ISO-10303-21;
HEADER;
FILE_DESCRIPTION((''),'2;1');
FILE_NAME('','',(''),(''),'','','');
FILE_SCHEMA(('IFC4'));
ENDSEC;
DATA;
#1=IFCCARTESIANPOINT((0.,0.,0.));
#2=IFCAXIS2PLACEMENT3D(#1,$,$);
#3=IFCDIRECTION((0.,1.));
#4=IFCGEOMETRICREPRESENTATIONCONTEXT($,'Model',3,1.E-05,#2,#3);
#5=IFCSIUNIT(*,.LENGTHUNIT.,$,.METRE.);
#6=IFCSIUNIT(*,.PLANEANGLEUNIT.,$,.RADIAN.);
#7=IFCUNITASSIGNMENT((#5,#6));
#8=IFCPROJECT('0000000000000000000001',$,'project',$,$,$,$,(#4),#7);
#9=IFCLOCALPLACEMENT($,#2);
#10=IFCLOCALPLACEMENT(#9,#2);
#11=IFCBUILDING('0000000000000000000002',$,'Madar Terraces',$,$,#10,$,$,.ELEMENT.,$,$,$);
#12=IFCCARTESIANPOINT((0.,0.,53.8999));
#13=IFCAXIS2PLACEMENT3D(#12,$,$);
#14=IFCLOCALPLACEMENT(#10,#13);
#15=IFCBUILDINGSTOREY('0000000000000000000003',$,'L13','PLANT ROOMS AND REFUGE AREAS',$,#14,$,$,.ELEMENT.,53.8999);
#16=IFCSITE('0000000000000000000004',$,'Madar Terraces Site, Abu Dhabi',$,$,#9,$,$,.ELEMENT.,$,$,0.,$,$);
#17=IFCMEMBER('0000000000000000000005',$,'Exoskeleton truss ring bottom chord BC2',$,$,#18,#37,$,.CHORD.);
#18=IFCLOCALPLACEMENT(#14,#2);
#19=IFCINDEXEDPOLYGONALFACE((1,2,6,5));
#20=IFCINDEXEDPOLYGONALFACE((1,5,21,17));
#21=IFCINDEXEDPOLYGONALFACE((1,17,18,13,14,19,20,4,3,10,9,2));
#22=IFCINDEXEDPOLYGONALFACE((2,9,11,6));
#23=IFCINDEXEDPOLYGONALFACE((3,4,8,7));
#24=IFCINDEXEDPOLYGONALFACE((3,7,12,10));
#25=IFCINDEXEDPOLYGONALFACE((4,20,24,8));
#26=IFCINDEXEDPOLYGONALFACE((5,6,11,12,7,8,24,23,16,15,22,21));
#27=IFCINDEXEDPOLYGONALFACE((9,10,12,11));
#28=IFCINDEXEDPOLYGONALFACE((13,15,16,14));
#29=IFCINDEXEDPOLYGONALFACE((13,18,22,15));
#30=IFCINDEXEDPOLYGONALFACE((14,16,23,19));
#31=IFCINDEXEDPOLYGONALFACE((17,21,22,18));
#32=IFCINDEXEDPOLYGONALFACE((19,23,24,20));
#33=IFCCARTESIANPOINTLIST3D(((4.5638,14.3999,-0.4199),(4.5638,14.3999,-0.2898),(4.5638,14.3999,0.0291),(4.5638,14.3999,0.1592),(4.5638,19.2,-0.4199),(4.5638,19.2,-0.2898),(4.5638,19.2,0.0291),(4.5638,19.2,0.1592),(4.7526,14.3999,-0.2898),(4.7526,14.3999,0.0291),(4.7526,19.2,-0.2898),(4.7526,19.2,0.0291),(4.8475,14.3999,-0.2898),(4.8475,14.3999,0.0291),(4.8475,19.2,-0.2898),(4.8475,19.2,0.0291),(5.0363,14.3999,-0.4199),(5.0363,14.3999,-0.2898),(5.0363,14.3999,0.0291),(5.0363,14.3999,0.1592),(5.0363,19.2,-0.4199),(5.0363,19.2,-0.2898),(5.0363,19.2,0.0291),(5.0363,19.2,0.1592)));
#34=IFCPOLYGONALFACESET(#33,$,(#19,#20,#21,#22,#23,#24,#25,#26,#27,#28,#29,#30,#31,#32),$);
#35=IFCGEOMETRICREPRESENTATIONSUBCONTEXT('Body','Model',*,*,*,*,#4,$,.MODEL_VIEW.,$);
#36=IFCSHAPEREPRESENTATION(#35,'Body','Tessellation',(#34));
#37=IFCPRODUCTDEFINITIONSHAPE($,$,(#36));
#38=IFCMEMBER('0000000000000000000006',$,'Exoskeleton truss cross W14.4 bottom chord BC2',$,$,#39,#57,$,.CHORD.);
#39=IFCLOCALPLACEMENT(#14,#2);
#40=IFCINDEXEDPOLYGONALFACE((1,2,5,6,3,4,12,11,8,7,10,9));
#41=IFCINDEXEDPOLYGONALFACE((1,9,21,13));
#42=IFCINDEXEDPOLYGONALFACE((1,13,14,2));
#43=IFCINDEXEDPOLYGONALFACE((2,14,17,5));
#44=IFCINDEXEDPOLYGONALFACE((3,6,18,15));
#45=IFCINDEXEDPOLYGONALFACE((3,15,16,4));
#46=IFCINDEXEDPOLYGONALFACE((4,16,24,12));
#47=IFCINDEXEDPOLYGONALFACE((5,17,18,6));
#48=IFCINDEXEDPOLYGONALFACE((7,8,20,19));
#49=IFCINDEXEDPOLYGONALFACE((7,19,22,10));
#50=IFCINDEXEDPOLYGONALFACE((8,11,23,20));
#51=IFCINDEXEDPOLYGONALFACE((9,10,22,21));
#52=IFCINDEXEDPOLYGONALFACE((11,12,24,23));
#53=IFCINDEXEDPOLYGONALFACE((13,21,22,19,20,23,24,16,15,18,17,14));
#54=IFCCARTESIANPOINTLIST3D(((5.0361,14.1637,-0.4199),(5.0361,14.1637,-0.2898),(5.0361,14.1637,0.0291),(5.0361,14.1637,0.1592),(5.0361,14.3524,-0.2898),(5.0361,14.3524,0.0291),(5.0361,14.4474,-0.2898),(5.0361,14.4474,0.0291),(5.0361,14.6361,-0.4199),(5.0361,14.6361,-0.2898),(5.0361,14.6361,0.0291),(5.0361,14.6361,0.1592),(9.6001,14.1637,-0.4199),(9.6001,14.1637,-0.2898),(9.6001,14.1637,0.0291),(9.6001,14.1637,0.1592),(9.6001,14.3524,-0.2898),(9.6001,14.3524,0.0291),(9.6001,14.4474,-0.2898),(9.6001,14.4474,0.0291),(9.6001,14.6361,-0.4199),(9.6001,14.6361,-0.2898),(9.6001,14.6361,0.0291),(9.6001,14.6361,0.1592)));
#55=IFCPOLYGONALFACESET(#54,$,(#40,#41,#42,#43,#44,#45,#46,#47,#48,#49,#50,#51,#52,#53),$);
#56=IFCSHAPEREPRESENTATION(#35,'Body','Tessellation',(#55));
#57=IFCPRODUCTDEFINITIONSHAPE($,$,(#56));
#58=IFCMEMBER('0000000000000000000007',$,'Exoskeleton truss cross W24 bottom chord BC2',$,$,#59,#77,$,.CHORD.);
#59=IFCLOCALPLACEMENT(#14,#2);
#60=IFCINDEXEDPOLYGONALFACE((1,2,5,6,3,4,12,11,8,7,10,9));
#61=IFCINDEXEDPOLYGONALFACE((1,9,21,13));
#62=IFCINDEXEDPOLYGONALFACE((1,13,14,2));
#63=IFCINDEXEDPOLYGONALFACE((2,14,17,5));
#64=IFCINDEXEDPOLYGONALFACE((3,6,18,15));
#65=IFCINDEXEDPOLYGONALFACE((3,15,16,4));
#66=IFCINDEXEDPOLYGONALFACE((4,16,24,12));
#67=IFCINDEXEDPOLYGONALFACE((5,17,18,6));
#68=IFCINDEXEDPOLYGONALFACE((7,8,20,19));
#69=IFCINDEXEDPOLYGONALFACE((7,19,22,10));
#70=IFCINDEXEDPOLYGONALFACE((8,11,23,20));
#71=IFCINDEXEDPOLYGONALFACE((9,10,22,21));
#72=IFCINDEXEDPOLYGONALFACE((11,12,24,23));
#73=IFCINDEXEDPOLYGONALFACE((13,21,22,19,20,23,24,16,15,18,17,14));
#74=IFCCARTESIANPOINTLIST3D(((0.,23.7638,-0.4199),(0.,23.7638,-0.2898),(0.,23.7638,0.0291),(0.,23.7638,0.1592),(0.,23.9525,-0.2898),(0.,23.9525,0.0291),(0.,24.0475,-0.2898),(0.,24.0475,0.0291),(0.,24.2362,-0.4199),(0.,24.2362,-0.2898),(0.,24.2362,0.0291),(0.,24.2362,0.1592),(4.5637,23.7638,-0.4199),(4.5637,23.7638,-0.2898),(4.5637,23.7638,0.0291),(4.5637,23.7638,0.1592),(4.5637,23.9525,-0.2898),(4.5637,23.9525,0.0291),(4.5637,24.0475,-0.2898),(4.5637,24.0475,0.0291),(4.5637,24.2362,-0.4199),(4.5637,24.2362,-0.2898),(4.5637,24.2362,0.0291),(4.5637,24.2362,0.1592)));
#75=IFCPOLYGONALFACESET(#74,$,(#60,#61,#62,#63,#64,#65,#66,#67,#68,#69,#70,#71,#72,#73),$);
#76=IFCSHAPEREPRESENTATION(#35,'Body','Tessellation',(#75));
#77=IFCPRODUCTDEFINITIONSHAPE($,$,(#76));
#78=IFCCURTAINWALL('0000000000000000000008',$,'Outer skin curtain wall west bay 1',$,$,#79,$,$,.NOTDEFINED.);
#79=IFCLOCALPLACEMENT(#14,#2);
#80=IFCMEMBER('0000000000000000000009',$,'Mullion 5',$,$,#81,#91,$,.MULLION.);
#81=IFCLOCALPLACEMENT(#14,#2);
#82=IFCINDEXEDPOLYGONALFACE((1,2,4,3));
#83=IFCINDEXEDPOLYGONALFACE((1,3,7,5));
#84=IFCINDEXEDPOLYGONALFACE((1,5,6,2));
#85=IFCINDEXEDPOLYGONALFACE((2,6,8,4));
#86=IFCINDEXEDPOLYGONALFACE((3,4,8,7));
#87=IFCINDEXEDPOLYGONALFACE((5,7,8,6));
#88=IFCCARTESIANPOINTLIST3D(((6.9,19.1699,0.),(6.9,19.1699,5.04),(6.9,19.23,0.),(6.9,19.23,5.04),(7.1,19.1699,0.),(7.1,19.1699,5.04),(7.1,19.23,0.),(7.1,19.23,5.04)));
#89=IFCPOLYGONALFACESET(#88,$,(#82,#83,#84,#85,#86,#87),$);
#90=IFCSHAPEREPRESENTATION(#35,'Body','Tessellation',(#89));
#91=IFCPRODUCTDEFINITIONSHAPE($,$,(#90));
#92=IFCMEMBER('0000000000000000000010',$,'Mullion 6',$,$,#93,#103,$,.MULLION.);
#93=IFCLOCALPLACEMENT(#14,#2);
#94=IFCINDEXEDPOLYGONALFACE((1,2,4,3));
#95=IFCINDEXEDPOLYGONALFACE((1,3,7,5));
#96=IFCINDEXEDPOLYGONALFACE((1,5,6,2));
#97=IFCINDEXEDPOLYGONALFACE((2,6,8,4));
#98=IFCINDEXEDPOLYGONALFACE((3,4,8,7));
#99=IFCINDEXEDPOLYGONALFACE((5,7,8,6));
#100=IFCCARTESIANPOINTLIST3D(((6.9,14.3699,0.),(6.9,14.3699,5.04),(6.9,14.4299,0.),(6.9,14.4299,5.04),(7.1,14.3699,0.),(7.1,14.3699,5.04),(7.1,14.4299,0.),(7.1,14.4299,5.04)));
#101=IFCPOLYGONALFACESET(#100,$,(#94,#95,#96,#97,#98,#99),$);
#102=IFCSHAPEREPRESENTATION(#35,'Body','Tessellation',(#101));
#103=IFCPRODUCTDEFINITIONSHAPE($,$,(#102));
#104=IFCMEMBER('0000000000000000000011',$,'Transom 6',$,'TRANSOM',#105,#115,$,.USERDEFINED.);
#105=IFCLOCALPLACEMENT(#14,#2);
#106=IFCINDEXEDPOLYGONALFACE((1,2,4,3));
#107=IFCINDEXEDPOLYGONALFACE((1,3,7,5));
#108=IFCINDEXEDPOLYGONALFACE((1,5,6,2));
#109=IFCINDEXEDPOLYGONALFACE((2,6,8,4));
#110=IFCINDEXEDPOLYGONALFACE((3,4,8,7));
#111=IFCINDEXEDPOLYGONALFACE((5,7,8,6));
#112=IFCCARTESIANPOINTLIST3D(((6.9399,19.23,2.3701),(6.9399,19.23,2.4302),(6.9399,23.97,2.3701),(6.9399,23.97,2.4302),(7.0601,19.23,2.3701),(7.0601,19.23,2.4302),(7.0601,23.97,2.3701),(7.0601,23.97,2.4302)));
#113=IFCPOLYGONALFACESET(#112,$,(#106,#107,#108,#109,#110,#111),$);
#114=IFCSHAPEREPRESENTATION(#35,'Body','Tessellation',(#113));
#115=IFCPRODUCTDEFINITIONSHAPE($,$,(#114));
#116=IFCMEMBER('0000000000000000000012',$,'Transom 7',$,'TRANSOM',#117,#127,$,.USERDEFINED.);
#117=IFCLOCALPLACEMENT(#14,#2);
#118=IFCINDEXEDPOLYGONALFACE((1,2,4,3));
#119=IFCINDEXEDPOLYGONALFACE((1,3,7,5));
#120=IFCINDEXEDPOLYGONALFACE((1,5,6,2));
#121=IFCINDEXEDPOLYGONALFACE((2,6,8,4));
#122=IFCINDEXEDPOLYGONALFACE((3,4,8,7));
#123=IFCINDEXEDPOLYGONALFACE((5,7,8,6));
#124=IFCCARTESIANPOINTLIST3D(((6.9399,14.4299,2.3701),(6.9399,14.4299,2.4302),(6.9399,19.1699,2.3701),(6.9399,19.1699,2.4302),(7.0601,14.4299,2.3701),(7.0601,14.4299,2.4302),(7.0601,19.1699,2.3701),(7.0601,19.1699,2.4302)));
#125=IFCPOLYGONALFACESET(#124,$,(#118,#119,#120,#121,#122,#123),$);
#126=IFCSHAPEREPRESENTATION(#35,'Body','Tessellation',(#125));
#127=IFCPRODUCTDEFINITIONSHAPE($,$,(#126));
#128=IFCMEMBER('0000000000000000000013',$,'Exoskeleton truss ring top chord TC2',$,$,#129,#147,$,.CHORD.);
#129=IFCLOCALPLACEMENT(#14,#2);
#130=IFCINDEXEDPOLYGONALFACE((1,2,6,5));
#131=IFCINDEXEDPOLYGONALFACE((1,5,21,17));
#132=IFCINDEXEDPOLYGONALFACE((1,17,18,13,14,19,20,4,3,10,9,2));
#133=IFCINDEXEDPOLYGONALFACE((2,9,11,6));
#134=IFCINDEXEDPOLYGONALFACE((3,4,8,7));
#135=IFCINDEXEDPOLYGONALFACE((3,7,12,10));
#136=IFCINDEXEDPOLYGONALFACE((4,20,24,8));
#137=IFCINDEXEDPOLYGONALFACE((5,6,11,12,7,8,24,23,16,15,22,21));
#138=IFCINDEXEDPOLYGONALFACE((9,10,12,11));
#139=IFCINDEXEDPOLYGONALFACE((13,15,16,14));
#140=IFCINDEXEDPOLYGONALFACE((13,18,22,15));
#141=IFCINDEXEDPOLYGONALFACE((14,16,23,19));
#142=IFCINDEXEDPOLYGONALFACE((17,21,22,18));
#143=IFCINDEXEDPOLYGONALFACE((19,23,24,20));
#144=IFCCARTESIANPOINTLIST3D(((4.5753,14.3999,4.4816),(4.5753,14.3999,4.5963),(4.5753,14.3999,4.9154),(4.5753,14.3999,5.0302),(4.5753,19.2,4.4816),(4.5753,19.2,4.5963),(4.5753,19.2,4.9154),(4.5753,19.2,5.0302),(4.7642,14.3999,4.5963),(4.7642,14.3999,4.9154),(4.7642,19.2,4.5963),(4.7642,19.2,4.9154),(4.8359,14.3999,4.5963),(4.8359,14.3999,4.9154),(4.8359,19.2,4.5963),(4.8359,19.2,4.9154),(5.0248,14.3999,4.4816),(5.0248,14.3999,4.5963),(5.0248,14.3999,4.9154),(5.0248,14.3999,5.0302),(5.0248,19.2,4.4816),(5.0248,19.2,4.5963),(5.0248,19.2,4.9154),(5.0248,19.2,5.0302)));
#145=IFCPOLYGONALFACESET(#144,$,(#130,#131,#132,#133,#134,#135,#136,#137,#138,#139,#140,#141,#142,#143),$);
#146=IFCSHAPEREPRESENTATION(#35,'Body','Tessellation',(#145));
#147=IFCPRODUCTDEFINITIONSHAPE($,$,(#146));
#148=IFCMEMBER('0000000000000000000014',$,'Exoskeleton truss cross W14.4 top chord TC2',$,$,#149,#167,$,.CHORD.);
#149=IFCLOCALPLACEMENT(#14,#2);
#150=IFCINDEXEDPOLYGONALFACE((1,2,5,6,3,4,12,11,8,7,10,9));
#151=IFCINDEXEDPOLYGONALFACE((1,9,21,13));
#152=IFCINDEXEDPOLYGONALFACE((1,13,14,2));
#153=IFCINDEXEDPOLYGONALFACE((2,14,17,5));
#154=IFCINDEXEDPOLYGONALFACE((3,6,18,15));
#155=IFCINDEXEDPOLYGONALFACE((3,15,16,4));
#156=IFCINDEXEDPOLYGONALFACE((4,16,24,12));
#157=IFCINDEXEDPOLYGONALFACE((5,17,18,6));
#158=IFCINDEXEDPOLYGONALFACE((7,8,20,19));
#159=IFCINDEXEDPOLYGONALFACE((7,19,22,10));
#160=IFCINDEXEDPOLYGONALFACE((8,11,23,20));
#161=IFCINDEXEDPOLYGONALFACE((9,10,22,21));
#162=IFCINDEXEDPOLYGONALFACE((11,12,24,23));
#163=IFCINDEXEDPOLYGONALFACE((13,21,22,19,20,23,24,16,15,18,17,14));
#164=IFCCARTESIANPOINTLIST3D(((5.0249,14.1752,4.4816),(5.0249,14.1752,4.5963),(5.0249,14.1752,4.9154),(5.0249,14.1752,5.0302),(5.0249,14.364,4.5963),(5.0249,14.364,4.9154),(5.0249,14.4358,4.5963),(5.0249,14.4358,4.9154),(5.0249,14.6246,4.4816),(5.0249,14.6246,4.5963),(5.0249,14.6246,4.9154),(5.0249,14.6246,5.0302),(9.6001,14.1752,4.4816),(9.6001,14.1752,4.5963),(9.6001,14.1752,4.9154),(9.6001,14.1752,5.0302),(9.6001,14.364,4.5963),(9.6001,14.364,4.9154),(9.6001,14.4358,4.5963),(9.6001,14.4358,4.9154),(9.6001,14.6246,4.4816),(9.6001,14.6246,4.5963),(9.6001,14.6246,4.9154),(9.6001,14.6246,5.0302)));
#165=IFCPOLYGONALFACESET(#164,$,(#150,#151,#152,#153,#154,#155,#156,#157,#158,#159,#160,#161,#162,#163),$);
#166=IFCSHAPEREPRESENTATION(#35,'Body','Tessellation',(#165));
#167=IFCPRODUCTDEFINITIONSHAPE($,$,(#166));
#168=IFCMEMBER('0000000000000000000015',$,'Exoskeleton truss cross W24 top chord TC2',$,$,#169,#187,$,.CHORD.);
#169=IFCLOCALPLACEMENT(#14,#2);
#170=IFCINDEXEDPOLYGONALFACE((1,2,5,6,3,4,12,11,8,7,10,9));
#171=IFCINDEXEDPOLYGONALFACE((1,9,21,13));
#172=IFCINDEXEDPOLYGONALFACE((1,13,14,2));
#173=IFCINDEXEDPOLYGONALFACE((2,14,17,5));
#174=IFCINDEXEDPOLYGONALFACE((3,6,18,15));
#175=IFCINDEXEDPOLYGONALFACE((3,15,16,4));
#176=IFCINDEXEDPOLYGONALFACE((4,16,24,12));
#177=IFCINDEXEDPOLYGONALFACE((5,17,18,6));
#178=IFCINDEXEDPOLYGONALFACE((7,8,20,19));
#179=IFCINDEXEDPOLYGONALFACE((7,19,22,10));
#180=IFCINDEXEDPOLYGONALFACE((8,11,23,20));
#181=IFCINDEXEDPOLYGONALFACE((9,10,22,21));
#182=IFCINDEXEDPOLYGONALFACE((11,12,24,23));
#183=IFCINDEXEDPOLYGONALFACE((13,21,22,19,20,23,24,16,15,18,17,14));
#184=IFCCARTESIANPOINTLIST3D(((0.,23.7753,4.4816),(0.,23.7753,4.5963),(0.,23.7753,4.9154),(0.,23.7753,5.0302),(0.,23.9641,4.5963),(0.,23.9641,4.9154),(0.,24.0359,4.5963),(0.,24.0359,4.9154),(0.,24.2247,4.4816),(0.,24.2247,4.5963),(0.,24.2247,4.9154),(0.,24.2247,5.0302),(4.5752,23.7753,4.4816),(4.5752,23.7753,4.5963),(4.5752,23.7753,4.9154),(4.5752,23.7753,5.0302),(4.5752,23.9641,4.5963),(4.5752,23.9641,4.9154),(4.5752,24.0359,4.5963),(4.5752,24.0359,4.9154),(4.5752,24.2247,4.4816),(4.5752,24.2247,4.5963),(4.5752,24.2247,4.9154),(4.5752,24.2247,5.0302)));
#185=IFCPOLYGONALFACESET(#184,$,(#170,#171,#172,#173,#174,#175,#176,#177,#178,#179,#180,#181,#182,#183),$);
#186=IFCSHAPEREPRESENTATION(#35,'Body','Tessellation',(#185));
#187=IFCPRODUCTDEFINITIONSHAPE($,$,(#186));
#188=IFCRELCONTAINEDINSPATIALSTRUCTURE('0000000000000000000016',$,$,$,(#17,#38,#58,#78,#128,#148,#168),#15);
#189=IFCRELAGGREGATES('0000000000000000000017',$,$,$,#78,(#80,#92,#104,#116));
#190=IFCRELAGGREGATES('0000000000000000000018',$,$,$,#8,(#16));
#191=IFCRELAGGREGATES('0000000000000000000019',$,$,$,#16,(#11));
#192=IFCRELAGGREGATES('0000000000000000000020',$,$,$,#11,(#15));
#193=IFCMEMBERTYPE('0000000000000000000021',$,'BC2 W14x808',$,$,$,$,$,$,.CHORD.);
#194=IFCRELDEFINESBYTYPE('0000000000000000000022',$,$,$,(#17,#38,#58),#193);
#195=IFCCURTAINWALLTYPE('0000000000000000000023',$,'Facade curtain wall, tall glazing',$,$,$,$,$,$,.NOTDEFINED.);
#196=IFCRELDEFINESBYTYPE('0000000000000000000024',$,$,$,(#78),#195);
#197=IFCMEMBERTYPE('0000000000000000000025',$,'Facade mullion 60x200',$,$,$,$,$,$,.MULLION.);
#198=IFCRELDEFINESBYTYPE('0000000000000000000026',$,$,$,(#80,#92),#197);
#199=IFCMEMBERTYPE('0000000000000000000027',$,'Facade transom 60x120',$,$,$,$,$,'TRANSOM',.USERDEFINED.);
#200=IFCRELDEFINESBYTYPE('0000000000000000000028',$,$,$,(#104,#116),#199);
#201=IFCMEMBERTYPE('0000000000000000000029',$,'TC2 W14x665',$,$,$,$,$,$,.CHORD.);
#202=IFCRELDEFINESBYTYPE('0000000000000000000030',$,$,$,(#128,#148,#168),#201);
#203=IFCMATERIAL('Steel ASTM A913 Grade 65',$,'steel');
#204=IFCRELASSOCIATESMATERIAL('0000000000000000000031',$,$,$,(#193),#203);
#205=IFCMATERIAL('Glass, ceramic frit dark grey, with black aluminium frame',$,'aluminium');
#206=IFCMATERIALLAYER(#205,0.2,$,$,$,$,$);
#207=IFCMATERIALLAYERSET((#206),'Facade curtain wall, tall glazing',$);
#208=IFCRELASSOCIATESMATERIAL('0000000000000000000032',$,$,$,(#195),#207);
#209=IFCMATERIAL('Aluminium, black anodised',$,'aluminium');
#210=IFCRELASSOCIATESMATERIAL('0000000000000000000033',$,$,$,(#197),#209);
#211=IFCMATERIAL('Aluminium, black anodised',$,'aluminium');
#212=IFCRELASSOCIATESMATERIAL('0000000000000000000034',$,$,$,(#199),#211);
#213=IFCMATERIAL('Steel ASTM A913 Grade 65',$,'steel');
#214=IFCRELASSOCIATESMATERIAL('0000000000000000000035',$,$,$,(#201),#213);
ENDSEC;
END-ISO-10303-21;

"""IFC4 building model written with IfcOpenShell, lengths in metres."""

from ifc_helpers import new_model, si_unit, direction, frame, origin, origin_2d, place, context, subcontext, project, spatial, rectangle, i_section, extrude, material, layer, layer_set, material_profile, profile_set, type_object, element, aggregate, save


model = new_model("IFC4")

# Units and contexts
model_context = context("Model", 3, precision=1e-05, world=origin(), true_north=direction((0.0, 1.0)))
body_context = subcontext(model_context, "Body", "Model", "MODEL_VIEW")
ifc_project = project(units=[si_unit("LENGTHUNIT", "METRE"), si_unit("PLANEANGLEUNIT", "RADIAN")], contexts=[model_context])

# Site, building, storey
site_placement = place(None, origin())
site = spatial("IfcSite", under=ifc_project, at=site_placement, Name="Madar Terraces Site, Abu Dhabi", CompositionType="ELEMENT", RefElevation=0.0)
building_placement = place(site_placement, origin())
building = spatial("IfcBuilding", under=site, at=building_placement, Name="Madar Terraces", CompositionType="ELEMENT")
storey_placement = place(building_placement, frame((0.0, 0.0, 53.8999)))
storey = spatial("IfcBuildingStorey", under=building, at=storey_placement, Name="L13", Description="PLANT ROOMS AND REFUGE AREAS", CompositionType="ELEMENT", Elevation=53.8999)

# Members
ifc_material_1 = material(Name="Steel ASTM A913 Grade 65", Category="steel")
ifc_material_profile_1 = material_profile(ifc_material_1, i_section(OverallWidth=0.4724, OverallDepth=0.5791, WebThickness=0.095, FlangeThickness=0.1301, at=origin_2d()), Name="W14x808")
ifc_profile_set_1 = profile_set([ifc_material_profile_1], Name="Steel ASTM A913 Grade 65")
member_type_1 = type_object("IfcMemberType", Name="BC2 W14x808", PredefinedType="CHORD", material=ifc_profile_set_1)
member_1_placement = place(storey_placement, frame((4.8, 19.2, -0.1304), z_axis=(0.0, -1.0, 0.0), x_axis=(1.0, 0.0, 0.0)))
element("IfcMember", 1, at=member_1_placement, inside=storey, type_object=member_type_1, Name="Exoskeleton truss ring bottom chord BC2", PredefinedType="CHORD", context=body_context, shape_type="SweptSolid", body=[
    extrude(i_section(OverallWidth=0.4724, OverallDepth=0.5791, WebThickness=0.095, FlangeThickness=0.1301, at=origin_2d()), origin(), (0.0, 0.0, 1.0), 4.8),
])
member_2_placement = place(storey_placement, frame((5.0361, 14.3999, -0.1304), z_axis=(1.0, 0.0, 0.0), x_axis=(0.0, 1.0, 0.0)))
element("IfcMember", 2, at=member_2_placement, inside=storey, type_object=member_type_1, Name="Exoskeleton truss cross W14.4 bottom chord BC2", PredefinedType="CHORD", context=body_context, shape_type="SweptSolid", body=[
    extrude(i_section(OverallWidth=0.4724, OverallDepth=0.5791, WebThickness=0.095, FlangeThickness=0.1301, at=origin_2d()), origin(), (0.0, 0.0, 1.0), 4.564),
])
member_3_placement = place(storey_placement, frame((0.0, 24.0, -0.1304), z_axis=(1.0, 0.0, 0.0), x_axis=(0.0, 1.0, 0.0)))
element("IfcMember", 3, at=member_3_placement, inside=storey, type_object=member_type_1, Name="Exoskeleton truss cross W24 bottom chord BC2", PredefinedType="CHORD", context=body_context, shape_type="SweptSolid", body=[
    extrude(i_section(OverallWidth=0.4724, OverallDepth=0.5791, WebThickness=0.095, FlangeThickness=0.1301, at=origin_2d()), origin(), (0.0, 0.0, 1.0), 4.5637),
])

# Curtain wall, members
ifc_material_2 = material(Name="Glass, ceramic frit dark grey, with black aluminium frame", Category="aluminium")
ifc_layer_1 = layer(ifc_material_2, 0.2)
ifc_layer_set_1 = layer_set([ifc_layer_1], Name="Facade curtain wall, tall glazing")
curtain_wall_type = type_object("IfcCurtainWallType", Name="Facade curtain wall, tall glazing", PredefinedType="NOTDEFINED", material=ifc_layer_set_1)
curtain_wall_placement = place(storey_placement, origin())
curtain_wall = element("IfcCurtainWall", 4, at=curtain_wall_placement, inside=storey, type_object=curtain_wall_type, Name="Outer skin curtain wall west bay 1", PredefinedType="NOTDEFINED")
ifc_material_3 = material(Name="Aluminium, black anodised", Category="aluminium")
ifc_material_profile_2 = material_profile(ifc_material_3, rectangle(XDim=0.2, YDim=0.0601, at=origin_2d()), Name="Facade mullion 60x200")
ifc_profile_set_2 = profile_set([ifc_material_profile_2], Name="Aluminium, black anodised")
member_type_2 = type_object("IfcMemberType", Name="Facade mullion 60x200", PredefinedType="MULLION", material=ifc_profile_set_2)
member_4_placement = place(storey_placement, frame((7.0, 19.2, 0.0), z_axis=(0.0, 0.0, 1.0), x_axis=(1.0, 0.0, 0.0)))
member_4 = element("IfcMember", 5, at=member_4_placement, type_object=member_type_2, Name="Mullion 5", PredefinedType="MULLION", context=body_context, shape_type="SweptSolid", body=[
    extrude(rectangle(XDim=0.2, YDim=0.0601, at=origin_2d()), origin(), (0.0, 0.0, 1.0), 5.04),
])
member_5_placement = place(storey_placement, frame((7.0, 14.3999, 0.0), z_axis=(0.0, 0.0, 1.0), x_axis=(1.0, 0.0, 0.0)))
member_5 = element("IfcMember", 6, at=member_5_placement, type_object=member_type_2, Name="Mullion 6", PredefinedType="MULLION", context=body_context, shape_type="SweptSolid", body=[
    extrude(rectangle(XDim=0.2, YDim=0.0601, at=origin_2d()), origin(), (0.0, 0.0, 1.0), 5.04),
])
ifc_material_4 = material(Name="Aluminium, black anodised", Category="aluminium")
ifc_material_profile_3 = material_profile(ifc_material_4, rectangle(XDim=0.1201, YDim=0.0601, at=origin_2d()), Name="Facade transom 60x120")
ifc_profile_set_3 = profile_set([ifc_material_profile_3], Name="Aluminium, black anodised")
member_type_3 = type_object("IfcMemberType", Name="Facade transom 60x120", ElementType="TRANSOM", PredefinedType="USERDEFINED", material=ifc_profile_set_3)
member_6_placement = place(storey_placement, frame((7.0, 23.97, 2.4001), z_axis=(0.0, -1.0, 0.0), x_axis=(1.0, 0.0, 0.0)))
member_6 = element("IfcMember", 7, at=member_6_placement, type_object=member_type_3, Name="Transom 6", ObjectType="TRANSOM", PredefinedType="USERDEFINED", context=body_context, shape_type="SweptSolid", body=[
    extrude(rectangle(XDim=0.1201, YDim=0.0601, at=origin_2d()), origin(), (0.0, 0.0, 1.0), 4.74),
])
member_7_placement = place(storey_placement, frame((7.0, 19.1699, 2.4001), z_axis=(0.0, -1.0, 0.0), x_axis=(1.0, 0.0, 0.0)))
member_7 = element("IfcMember", 8, at=member_7_placement, type_object=member_type_3, Name="Transom 7", ObjectType="TRANSOM", PredefinedType="USERDEFINED", context=body_context, shape_type="SweptSolid", body=[
    extrude(rectangle(XDim=0.1201, YDim=0.0601, at=origin_2d()), origin(), (0.0, 0.0, 1.0), 4.74),
])

# Members
ifc_material_5 = material(Name="Steel ASTM A913 Grade 65", Category="steel")
ifc_material_profile_4 = material_profile(ifc_material_5, i_section(OverallWidth=0.4495, OverallDepth=0.5486, WebThickness=0.0718, FlangeThickness=0.1147, at=origin_2d()), Name="W14x665")
ifc_profile_set_4 = profile_set([ifc_material_profile_4], Name="Steel ASTM A913 Grade 65")
member_type_4 = type_object("IfcMemberType", Name="TC2 W14x665", PredefinedType="CHORD", material=ifc_profile_set_4)
member_8_placement = place(storey_placement, frame((4.8, 19.2, 4.7559), z_axis=(0.0, -1.0, 0.0), x_axis=(1.0, 0.0, 0.0)))
element("IfcMember", 9, at=member_8_placement, inside=storey, type_object=member_type_4, Name="Exoskeleton truss ring top chord TC2", PredefinedType="CHORD", context=body_context, shape_type="SweptSolid", body=[
    extrude(i_section(OverallWidth=0.4495, OverallDepth=0.5486, WebThickness=0.0718, FlangeThickness=0.1147, at=origin_2d()), origin(), (0.0, 0.0, 1.0), 4.8),
])
for number, where, z_axis, x_axis, name in (
    (10, (5.0249, 14.3999, 4.7559), (1.0, 0.0, 0.0), (0.0, 1.0, 0.0), "Exoskeleton truss cross W14.4 top chord TC2"),
    (11, (0.0, 24.0, 4.7559), (1.0, 0.0, 0.0), (0.0, 1.0, 0.0), "Exoskeleton truss cross W24 top chord TC2"),
):
    element("IfcMember", number, at=place(storey_placement, frame(where, z_axis=z_axis, x_axis=x_axis)), inside=storey, type_object=member_type_4, Name=name, PredefinedType="CHORD", context=body_context, shape_type="SweptSolid", body=[
        extrude(i_section(OverallWidth=0.4495, OverallDepth=0.5486, WebThickness=0.0718, FlangeThickness=0.1147, at=origin_2d()), origin(), (0.0, 0.0, 1.0), 4.5752),
    ])

aggregate(curtain_wall, [member_4, member_5, member_6, member_7])

save(model, "model.ifc")
